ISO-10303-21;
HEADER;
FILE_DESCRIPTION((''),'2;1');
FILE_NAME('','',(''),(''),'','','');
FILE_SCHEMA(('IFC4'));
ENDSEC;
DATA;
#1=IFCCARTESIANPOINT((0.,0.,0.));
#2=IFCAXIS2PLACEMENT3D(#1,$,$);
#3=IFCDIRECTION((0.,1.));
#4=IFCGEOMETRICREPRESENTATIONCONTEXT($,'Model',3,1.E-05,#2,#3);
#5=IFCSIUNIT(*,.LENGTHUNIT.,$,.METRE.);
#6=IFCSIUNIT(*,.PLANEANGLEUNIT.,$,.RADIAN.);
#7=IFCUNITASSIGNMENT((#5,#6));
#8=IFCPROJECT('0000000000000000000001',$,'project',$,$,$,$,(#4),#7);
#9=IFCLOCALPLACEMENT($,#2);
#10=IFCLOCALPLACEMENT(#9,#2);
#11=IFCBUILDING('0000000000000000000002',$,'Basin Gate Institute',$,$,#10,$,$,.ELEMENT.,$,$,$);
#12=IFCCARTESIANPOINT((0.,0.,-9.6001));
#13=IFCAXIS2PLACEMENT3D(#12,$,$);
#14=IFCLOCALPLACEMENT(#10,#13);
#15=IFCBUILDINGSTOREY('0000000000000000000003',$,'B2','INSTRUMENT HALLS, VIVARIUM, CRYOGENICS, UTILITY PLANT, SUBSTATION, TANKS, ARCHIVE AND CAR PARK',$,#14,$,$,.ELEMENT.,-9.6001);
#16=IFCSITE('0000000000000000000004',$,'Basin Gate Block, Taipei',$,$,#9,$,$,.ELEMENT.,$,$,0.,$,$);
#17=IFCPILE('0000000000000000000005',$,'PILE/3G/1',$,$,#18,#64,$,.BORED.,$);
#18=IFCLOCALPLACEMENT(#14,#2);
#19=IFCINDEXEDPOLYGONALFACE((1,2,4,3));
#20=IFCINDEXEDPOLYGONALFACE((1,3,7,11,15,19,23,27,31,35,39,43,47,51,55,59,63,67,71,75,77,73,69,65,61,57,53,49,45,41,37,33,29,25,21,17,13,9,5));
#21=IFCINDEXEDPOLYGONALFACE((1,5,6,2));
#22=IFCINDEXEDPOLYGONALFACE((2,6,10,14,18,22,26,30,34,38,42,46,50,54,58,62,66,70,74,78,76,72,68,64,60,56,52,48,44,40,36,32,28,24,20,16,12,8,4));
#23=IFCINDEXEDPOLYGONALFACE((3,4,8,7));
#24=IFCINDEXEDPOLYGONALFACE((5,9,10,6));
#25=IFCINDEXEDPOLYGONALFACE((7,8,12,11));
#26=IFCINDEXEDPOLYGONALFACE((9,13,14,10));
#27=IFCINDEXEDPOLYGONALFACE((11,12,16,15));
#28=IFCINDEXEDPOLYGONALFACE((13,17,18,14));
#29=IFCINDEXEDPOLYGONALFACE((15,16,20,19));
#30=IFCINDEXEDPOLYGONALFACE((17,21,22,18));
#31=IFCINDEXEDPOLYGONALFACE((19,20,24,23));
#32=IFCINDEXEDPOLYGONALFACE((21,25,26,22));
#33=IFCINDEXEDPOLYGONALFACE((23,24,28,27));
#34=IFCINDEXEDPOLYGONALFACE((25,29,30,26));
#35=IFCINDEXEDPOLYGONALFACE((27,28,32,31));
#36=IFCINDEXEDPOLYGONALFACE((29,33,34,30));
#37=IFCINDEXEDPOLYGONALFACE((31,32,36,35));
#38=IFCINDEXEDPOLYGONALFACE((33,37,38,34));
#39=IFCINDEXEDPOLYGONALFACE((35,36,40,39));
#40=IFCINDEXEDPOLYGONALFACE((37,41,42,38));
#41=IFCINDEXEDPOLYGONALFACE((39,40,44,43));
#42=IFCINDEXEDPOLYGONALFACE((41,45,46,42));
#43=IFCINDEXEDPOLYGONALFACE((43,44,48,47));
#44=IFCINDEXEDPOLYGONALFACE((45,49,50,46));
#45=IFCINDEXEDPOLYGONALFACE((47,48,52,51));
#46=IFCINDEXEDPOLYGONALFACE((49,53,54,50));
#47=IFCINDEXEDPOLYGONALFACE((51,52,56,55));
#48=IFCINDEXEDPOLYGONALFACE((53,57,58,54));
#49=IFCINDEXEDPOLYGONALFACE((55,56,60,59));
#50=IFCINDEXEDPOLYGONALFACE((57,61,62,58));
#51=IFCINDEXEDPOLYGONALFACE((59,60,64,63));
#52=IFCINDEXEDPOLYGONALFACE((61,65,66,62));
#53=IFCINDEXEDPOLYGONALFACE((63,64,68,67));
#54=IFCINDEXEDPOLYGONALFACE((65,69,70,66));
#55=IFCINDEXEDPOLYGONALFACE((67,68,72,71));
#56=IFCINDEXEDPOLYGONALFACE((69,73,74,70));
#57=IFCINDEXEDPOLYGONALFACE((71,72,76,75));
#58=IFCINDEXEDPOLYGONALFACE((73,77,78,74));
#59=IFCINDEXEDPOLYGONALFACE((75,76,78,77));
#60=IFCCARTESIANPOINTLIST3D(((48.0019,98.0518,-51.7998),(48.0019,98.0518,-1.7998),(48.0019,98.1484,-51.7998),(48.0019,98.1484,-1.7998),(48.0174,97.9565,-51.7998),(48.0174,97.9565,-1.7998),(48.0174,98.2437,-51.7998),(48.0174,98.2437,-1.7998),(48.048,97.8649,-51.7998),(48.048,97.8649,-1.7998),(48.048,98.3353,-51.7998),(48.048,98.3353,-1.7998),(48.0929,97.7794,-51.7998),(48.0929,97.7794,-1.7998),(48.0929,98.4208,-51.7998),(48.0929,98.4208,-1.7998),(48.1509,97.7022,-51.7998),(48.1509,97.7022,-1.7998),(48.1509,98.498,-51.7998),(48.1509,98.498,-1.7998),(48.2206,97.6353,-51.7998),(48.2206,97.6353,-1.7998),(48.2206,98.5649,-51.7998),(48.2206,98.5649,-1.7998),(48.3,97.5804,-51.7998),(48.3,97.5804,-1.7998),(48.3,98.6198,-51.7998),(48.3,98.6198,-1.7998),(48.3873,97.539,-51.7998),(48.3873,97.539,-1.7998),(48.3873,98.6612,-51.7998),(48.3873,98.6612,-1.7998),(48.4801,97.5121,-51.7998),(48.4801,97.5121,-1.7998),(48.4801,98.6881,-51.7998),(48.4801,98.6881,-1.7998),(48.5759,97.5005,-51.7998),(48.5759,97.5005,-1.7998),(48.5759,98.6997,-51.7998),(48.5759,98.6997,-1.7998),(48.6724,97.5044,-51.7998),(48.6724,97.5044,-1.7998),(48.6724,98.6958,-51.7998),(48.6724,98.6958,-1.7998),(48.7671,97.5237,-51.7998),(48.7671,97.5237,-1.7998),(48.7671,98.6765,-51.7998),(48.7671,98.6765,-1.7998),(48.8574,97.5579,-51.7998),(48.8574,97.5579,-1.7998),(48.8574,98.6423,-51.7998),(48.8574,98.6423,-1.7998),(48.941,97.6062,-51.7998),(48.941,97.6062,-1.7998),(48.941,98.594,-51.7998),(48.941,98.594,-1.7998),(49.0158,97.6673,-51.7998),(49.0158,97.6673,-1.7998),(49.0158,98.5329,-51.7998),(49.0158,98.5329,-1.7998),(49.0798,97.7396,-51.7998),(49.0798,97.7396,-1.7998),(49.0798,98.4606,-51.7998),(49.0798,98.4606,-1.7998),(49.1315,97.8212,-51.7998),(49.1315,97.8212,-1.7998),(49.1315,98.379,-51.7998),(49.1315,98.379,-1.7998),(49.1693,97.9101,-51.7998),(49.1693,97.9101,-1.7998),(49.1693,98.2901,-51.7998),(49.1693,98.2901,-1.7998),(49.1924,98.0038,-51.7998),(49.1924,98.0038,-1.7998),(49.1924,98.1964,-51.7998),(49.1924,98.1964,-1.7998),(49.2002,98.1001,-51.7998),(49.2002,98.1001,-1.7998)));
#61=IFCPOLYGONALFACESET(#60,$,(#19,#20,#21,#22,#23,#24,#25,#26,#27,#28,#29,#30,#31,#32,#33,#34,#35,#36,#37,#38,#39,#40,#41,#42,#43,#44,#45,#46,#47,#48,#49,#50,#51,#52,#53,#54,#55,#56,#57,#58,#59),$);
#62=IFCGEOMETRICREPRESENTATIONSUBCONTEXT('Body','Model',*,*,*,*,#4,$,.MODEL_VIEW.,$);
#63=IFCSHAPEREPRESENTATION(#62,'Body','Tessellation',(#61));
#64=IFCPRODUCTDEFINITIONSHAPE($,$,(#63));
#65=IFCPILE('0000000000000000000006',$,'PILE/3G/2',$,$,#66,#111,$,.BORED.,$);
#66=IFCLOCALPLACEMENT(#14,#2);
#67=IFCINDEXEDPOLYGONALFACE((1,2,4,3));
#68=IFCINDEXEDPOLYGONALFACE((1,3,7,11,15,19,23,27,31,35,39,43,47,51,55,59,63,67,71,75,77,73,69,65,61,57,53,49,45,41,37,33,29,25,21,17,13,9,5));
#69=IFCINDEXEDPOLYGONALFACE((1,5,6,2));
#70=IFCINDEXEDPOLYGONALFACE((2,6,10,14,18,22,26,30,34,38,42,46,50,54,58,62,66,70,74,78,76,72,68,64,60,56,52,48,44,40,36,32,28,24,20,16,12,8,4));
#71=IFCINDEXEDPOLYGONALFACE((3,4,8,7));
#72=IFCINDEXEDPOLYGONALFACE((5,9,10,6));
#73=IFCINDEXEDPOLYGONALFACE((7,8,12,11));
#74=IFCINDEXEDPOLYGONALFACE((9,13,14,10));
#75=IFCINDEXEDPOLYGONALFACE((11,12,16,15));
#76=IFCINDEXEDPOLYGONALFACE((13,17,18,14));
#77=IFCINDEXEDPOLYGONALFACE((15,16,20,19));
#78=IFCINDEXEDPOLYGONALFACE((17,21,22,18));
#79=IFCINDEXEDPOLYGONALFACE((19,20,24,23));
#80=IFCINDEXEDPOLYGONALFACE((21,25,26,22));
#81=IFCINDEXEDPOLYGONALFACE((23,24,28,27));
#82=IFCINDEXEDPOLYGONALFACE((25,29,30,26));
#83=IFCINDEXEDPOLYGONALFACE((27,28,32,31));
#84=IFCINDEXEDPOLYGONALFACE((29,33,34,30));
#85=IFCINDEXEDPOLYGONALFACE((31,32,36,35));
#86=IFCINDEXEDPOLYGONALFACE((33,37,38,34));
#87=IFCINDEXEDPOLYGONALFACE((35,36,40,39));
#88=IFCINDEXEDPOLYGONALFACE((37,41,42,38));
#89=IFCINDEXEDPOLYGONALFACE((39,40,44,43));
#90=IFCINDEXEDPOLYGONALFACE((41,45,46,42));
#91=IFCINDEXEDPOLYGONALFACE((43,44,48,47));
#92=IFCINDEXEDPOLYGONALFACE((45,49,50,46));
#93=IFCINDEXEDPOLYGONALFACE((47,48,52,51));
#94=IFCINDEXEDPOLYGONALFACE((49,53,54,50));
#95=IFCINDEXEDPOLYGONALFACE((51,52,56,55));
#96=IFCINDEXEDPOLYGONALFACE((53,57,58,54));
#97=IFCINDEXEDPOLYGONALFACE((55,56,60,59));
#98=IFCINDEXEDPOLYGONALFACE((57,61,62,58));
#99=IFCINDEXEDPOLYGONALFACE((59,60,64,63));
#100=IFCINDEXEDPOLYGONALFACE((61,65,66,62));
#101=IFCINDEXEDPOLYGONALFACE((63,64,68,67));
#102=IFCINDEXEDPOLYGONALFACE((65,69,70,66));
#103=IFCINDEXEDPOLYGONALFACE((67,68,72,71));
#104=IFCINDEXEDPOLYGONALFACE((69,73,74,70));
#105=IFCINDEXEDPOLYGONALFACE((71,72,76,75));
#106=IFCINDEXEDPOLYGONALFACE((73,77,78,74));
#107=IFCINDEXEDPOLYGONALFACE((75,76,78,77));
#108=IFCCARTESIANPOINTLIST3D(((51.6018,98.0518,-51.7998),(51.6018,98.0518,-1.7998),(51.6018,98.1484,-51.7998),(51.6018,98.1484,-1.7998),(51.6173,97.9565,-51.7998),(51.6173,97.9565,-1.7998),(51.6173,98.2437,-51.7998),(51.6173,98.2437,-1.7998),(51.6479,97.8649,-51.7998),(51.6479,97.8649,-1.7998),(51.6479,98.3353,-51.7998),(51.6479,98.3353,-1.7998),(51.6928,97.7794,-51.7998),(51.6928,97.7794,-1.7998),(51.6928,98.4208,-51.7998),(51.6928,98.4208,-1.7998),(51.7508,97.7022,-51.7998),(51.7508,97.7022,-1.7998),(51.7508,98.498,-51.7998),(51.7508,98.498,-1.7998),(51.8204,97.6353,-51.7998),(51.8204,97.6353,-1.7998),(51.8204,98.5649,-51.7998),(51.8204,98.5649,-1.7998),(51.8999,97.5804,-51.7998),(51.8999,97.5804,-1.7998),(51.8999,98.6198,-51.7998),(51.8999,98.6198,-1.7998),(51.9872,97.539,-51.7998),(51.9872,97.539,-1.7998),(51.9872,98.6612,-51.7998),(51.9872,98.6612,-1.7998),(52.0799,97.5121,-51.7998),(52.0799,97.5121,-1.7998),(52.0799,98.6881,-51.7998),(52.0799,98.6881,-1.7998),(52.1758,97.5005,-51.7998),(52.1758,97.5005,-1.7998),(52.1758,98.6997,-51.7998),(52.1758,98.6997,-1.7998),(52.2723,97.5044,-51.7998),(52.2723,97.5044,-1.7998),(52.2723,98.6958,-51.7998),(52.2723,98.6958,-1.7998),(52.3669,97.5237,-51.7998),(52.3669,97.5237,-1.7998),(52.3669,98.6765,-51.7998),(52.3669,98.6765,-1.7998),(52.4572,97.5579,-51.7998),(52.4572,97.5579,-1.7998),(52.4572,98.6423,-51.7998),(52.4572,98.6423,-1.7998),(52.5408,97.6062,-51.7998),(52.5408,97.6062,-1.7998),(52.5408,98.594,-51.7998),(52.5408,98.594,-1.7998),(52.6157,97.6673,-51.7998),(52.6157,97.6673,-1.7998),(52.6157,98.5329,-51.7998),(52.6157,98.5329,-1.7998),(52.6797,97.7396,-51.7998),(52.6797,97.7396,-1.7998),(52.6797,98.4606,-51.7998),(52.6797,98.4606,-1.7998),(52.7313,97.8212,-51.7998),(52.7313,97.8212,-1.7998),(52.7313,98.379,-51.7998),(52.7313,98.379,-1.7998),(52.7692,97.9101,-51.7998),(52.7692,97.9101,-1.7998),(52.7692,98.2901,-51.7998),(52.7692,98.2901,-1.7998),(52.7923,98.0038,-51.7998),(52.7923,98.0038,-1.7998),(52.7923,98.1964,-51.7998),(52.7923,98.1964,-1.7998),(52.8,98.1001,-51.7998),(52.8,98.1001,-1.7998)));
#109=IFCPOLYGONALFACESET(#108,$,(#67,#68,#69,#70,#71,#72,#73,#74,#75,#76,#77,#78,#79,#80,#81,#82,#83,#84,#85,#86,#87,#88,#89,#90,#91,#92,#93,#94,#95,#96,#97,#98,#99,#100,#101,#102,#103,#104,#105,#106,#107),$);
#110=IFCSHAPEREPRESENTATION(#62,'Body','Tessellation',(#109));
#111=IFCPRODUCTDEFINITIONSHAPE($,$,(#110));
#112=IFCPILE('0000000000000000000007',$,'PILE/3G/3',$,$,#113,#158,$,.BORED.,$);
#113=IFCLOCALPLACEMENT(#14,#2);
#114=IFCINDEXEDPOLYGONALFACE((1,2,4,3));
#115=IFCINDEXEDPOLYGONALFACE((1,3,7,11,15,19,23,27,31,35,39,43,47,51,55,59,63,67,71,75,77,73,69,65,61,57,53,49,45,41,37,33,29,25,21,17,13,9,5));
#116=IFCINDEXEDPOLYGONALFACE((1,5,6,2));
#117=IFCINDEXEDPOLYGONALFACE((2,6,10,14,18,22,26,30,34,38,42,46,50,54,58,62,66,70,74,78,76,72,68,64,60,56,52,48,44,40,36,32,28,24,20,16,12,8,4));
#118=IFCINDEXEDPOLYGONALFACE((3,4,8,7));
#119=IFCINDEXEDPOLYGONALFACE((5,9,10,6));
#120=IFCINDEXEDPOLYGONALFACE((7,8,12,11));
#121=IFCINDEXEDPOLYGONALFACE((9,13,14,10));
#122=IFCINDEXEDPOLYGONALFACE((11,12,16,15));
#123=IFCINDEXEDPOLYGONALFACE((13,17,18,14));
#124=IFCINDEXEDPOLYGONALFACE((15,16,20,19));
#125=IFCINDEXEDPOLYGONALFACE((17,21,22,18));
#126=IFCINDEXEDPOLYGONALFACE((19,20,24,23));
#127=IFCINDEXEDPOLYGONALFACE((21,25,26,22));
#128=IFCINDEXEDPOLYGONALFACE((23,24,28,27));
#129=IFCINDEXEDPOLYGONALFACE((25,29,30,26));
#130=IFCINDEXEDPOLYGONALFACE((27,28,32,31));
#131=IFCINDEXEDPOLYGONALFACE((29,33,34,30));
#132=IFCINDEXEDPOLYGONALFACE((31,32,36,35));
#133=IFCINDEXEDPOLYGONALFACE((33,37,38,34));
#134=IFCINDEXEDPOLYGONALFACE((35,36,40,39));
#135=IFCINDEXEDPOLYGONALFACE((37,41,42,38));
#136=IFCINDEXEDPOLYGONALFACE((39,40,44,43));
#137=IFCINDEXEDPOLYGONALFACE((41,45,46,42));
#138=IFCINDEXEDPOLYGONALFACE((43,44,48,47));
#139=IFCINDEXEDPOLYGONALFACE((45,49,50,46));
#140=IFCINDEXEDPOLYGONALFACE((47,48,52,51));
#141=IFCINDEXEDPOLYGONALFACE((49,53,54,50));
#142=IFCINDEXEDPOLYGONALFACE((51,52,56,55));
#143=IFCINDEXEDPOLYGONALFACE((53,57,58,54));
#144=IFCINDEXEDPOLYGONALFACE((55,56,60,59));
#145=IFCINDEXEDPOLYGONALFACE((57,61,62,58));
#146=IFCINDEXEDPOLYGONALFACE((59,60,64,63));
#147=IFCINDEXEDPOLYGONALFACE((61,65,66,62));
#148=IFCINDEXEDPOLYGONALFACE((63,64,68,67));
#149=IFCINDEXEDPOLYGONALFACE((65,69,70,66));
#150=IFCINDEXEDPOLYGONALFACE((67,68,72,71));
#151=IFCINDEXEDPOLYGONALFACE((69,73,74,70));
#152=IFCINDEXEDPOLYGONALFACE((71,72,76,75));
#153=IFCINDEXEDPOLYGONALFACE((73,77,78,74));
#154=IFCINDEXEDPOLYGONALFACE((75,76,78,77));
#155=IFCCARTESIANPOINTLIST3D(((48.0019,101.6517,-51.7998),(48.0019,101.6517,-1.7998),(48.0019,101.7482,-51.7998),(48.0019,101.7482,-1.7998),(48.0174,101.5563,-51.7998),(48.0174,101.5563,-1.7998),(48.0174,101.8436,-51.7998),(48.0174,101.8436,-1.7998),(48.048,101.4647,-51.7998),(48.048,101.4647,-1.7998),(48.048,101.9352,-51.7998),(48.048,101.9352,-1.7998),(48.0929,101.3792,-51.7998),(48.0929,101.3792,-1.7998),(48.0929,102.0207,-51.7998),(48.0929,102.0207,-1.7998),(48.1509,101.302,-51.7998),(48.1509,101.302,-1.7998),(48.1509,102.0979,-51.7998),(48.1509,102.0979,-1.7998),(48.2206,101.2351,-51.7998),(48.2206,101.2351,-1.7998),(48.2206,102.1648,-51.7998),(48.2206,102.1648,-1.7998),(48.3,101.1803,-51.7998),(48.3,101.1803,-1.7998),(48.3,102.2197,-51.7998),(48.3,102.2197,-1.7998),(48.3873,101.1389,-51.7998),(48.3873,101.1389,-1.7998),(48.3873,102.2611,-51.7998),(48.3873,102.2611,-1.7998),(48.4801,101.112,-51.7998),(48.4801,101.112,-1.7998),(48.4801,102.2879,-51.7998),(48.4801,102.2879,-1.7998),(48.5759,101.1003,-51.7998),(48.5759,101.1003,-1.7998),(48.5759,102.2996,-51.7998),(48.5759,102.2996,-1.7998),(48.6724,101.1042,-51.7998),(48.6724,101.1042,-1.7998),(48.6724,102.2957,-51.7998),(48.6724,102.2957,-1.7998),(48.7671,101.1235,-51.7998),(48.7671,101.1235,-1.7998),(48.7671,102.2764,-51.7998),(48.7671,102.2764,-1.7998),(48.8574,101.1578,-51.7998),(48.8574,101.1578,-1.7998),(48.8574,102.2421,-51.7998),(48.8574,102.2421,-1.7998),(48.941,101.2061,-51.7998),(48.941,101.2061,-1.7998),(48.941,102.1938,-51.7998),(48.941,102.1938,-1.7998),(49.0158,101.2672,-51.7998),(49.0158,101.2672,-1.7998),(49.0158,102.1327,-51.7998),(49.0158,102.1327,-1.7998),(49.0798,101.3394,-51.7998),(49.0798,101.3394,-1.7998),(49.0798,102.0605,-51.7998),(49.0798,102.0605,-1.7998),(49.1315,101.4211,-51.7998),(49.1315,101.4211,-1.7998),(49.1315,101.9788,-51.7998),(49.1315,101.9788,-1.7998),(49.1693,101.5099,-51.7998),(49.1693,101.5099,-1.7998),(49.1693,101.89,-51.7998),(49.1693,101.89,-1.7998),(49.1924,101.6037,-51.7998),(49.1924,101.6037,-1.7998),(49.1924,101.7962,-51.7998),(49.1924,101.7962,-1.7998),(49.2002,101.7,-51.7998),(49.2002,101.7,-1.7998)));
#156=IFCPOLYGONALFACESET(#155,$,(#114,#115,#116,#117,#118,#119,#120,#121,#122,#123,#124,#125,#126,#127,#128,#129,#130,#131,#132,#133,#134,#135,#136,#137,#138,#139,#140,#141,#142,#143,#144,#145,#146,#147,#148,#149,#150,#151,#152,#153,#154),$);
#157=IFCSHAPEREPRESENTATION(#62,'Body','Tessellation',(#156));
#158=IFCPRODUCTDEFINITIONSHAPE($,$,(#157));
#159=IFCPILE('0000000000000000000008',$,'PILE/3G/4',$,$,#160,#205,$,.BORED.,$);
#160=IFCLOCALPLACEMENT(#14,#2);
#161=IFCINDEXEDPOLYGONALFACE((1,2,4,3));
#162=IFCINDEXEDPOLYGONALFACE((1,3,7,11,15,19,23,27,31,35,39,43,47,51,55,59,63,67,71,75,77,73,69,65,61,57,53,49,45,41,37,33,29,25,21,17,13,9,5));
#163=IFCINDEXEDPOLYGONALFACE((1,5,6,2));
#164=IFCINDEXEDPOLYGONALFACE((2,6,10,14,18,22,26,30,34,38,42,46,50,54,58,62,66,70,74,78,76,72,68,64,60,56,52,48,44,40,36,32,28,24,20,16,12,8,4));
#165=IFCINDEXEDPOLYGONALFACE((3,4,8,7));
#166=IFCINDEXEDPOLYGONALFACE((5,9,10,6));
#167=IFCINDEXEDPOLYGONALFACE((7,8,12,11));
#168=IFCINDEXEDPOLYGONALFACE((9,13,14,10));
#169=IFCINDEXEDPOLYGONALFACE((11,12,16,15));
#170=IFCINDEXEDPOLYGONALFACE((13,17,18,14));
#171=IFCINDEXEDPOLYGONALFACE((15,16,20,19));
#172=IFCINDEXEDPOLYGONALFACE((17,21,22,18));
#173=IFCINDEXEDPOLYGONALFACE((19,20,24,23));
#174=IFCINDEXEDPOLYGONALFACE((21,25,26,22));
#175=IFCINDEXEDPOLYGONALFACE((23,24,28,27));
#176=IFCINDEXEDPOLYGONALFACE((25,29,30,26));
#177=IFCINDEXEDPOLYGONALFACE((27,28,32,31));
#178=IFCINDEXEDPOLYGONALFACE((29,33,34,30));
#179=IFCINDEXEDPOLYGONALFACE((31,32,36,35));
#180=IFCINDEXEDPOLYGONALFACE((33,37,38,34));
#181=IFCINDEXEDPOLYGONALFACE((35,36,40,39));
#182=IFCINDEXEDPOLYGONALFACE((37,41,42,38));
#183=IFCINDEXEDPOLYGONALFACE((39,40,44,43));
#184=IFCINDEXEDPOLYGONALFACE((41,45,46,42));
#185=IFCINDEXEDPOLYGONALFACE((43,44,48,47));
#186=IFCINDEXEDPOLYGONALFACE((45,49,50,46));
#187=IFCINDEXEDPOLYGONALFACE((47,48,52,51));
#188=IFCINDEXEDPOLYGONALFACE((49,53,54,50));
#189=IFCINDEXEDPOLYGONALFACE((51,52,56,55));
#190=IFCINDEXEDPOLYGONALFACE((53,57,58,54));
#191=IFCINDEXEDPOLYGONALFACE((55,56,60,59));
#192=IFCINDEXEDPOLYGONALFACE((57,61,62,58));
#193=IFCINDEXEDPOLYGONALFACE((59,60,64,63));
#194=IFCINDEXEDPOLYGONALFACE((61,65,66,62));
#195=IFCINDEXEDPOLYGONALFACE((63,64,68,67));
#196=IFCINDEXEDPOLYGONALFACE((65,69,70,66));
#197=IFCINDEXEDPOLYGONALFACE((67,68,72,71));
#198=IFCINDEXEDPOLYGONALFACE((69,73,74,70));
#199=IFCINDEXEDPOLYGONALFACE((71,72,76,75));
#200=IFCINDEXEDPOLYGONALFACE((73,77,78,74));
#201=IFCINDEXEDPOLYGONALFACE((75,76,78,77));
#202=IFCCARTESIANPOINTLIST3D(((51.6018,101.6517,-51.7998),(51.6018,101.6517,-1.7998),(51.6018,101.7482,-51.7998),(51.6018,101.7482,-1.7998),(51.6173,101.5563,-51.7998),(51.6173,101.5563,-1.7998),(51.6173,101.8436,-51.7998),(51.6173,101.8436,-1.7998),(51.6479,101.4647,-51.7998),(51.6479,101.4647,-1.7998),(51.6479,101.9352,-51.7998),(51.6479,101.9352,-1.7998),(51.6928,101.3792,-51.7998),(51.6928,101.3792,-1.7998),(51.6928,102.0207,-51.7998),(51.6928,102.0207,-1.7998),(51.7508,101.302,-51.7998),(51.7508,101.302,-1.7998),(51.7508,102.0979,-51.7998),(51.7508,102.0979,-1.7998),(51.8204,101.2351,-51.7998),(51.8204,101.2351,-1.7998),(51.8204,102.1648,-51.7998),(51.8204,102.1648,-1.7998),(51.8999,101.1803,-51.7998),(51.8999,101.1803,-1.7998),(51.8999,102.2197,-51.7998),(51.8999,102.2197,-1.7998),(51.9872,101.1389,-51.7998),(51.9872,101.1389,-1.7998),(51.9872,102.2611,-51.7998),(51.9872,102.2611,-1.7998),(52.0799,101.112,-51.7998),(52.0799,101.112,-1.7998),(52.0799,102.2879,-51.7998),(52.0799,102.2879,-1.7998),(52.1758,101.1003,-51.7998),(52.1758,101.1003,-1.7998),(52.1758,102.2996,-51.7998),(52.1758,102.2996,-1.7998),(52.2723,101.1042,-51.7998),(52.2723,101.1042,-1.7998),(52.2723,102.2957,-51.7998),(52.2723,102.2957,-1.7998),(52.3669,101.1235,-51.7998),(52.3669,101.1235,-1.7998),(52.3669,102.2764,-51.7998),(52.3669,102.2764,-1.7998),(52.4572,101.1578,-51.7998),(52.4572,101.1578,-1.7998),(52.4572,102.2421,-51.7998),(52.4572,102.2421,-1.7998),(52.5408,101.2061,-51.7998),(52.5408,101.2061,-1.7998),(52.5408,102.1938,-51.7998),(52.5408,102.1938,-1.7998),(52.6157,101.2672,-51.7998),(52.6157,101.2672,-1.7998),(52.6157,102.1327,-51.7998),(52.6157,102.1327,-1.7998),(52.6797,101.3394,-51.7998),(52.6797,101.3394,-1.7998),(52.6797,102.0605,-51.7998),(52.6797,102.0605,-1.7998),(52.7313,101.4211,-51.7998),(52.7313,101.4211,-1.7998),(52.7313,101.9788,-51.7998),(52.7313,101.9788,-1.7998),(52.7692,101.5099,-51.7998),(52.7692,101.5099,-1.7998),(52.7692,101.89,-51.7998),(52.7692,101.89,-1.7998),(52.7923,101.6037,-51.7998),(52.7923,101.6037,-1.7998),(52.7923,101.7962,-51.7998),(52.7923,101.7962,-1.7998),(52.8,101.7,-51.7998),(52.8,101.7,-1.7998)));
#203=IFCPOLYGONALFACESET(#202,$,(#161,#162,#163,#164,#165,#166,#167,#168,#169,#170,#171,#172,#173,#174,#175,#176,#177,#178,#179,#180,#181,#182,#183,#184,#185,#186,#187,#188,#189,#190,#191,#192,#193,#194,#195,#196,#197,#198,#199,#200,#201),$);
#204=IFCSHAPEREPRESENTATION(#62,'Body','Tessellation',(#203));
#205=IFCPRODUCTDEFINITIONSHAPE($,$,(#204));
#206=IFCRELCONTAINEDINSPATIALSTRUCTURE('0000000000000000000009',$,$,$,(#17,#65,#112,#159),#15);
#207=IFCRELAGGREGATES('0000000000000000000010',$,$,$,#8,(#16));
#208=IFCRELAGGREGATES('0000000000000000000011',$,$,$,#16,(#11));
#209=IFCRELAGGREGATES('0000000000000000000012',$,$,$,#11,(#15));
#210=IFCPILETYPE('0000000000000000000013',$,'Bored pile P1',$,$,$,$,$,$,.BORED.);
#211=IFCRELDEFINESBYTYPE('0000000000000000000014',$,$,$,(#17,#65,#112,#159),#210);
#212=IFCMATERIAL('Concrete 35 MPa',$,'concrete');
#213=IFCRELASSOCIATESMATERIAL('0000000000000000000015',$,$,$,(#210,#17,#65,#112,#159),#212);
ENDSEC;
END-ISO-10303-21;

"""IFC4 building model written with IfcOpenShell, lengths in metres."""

from ifc_helpers import new_model, si_unit, direction, frame, origin, origin_2d, place, context, subcontext, project, spatial, circle, extrude, material, material_profile, profile_set, type_object, element, save


model = new_model("IFC4")

# Units and contexts
model_context = context("Model", 3, precision=1e-05, world=origin(), true_north=direction((0.0, 1.0)))
body_context = subcontext(model_context, "Body", "Model", "MODEL_VIEW")
ifc_project = project(units=[si_unit("LENGTHUNIT", "METRE"), si_unit("PLANEANGLEUNIT", "RADIAN")], contexts=[model_context])

# Site, building, storey
site_placement = place(None, origin())
site = spatial("IfcSite", under=ifc_project, at=site_placement, Name="Basin Gate Block, Taipei", CompositionType="ELEMENT", RefElevation=0.0)
building_placement = place(site_placement, origin())
building = spatial("IfcBuilding", under=site, at=building_placement, Name="Basin Gate Institute", CompositionType="ELEMENT")
storey_placement = place(building_placement, frame((0.0, 0.0, -9.6001)))
storey = spatial("IfcBuildingStorey", under=building, at=storey_placement, Name="B2", Description="INSTRUMENT HALLS, VIVARIUM, CRYOGENICS, UTILITY PLANT, SUBSTATION, TANKS, ARCHIVE AND CAR PARK", CompositionType="ELEMENT", Elevation=-9.6001)

# Piles
ifc_material_1 = material(Name="Concrete 35 MPa", Category="concrete")
ifc_material_profile_1 = material_profile(ifc_material_1, circle(Radius=0.6001, at=origin_2d()), Name="Bored pile P1 1200 dia")
ifc_profile_set_1 = profile_set([ifc_material_profile_1], Name="Concrete 35 MPa")
pile_type = type_object("IfcPileType", Name="Bored pile P1", PredefinedType="BORED", material=ifc_profile_set_1)
for number, where, z_axis, x_axis, name in (
    (1, (48.6001, 98.1001, -1.7998), (0.0, 0.0, -1.0), (1.0, 0.0, 0.0), "PILE/3G/1"),
    (2, (52.2, 98.1001, -1.7998), (0.0, 0.0, -1.0), (1.0, 0.0, 0.0), "PILE/3G/2"),
    (3, (48.6001, 101.7, -1.7998), (0.0, 0.0, -1.0), (1.0, 0.0, 0.0), "PILE/3G/3"),
    (4, (52.2, 101.7, -1.7998), (0.0, 0.0, -1.0), (1.0, 0.0, 0.0), "PILE/3G/4"),
):
    element("IfcPile", number, at=place(storey_placement, frame(where, z_axis=z_axis, x_axis=x_axis)), inside=storey, type_object=pile_type, material=ifc_profile_set_1, Name=name, PredefinedType="BORED", context=body_context, shape_type="SweptSolid", body=[
        extrude(circle(Radius=0.6001, at=origin_2d()), origin(), (0.0, 0.0, 1.0), 50.0),
    ])

save(model, "model.ifc")
